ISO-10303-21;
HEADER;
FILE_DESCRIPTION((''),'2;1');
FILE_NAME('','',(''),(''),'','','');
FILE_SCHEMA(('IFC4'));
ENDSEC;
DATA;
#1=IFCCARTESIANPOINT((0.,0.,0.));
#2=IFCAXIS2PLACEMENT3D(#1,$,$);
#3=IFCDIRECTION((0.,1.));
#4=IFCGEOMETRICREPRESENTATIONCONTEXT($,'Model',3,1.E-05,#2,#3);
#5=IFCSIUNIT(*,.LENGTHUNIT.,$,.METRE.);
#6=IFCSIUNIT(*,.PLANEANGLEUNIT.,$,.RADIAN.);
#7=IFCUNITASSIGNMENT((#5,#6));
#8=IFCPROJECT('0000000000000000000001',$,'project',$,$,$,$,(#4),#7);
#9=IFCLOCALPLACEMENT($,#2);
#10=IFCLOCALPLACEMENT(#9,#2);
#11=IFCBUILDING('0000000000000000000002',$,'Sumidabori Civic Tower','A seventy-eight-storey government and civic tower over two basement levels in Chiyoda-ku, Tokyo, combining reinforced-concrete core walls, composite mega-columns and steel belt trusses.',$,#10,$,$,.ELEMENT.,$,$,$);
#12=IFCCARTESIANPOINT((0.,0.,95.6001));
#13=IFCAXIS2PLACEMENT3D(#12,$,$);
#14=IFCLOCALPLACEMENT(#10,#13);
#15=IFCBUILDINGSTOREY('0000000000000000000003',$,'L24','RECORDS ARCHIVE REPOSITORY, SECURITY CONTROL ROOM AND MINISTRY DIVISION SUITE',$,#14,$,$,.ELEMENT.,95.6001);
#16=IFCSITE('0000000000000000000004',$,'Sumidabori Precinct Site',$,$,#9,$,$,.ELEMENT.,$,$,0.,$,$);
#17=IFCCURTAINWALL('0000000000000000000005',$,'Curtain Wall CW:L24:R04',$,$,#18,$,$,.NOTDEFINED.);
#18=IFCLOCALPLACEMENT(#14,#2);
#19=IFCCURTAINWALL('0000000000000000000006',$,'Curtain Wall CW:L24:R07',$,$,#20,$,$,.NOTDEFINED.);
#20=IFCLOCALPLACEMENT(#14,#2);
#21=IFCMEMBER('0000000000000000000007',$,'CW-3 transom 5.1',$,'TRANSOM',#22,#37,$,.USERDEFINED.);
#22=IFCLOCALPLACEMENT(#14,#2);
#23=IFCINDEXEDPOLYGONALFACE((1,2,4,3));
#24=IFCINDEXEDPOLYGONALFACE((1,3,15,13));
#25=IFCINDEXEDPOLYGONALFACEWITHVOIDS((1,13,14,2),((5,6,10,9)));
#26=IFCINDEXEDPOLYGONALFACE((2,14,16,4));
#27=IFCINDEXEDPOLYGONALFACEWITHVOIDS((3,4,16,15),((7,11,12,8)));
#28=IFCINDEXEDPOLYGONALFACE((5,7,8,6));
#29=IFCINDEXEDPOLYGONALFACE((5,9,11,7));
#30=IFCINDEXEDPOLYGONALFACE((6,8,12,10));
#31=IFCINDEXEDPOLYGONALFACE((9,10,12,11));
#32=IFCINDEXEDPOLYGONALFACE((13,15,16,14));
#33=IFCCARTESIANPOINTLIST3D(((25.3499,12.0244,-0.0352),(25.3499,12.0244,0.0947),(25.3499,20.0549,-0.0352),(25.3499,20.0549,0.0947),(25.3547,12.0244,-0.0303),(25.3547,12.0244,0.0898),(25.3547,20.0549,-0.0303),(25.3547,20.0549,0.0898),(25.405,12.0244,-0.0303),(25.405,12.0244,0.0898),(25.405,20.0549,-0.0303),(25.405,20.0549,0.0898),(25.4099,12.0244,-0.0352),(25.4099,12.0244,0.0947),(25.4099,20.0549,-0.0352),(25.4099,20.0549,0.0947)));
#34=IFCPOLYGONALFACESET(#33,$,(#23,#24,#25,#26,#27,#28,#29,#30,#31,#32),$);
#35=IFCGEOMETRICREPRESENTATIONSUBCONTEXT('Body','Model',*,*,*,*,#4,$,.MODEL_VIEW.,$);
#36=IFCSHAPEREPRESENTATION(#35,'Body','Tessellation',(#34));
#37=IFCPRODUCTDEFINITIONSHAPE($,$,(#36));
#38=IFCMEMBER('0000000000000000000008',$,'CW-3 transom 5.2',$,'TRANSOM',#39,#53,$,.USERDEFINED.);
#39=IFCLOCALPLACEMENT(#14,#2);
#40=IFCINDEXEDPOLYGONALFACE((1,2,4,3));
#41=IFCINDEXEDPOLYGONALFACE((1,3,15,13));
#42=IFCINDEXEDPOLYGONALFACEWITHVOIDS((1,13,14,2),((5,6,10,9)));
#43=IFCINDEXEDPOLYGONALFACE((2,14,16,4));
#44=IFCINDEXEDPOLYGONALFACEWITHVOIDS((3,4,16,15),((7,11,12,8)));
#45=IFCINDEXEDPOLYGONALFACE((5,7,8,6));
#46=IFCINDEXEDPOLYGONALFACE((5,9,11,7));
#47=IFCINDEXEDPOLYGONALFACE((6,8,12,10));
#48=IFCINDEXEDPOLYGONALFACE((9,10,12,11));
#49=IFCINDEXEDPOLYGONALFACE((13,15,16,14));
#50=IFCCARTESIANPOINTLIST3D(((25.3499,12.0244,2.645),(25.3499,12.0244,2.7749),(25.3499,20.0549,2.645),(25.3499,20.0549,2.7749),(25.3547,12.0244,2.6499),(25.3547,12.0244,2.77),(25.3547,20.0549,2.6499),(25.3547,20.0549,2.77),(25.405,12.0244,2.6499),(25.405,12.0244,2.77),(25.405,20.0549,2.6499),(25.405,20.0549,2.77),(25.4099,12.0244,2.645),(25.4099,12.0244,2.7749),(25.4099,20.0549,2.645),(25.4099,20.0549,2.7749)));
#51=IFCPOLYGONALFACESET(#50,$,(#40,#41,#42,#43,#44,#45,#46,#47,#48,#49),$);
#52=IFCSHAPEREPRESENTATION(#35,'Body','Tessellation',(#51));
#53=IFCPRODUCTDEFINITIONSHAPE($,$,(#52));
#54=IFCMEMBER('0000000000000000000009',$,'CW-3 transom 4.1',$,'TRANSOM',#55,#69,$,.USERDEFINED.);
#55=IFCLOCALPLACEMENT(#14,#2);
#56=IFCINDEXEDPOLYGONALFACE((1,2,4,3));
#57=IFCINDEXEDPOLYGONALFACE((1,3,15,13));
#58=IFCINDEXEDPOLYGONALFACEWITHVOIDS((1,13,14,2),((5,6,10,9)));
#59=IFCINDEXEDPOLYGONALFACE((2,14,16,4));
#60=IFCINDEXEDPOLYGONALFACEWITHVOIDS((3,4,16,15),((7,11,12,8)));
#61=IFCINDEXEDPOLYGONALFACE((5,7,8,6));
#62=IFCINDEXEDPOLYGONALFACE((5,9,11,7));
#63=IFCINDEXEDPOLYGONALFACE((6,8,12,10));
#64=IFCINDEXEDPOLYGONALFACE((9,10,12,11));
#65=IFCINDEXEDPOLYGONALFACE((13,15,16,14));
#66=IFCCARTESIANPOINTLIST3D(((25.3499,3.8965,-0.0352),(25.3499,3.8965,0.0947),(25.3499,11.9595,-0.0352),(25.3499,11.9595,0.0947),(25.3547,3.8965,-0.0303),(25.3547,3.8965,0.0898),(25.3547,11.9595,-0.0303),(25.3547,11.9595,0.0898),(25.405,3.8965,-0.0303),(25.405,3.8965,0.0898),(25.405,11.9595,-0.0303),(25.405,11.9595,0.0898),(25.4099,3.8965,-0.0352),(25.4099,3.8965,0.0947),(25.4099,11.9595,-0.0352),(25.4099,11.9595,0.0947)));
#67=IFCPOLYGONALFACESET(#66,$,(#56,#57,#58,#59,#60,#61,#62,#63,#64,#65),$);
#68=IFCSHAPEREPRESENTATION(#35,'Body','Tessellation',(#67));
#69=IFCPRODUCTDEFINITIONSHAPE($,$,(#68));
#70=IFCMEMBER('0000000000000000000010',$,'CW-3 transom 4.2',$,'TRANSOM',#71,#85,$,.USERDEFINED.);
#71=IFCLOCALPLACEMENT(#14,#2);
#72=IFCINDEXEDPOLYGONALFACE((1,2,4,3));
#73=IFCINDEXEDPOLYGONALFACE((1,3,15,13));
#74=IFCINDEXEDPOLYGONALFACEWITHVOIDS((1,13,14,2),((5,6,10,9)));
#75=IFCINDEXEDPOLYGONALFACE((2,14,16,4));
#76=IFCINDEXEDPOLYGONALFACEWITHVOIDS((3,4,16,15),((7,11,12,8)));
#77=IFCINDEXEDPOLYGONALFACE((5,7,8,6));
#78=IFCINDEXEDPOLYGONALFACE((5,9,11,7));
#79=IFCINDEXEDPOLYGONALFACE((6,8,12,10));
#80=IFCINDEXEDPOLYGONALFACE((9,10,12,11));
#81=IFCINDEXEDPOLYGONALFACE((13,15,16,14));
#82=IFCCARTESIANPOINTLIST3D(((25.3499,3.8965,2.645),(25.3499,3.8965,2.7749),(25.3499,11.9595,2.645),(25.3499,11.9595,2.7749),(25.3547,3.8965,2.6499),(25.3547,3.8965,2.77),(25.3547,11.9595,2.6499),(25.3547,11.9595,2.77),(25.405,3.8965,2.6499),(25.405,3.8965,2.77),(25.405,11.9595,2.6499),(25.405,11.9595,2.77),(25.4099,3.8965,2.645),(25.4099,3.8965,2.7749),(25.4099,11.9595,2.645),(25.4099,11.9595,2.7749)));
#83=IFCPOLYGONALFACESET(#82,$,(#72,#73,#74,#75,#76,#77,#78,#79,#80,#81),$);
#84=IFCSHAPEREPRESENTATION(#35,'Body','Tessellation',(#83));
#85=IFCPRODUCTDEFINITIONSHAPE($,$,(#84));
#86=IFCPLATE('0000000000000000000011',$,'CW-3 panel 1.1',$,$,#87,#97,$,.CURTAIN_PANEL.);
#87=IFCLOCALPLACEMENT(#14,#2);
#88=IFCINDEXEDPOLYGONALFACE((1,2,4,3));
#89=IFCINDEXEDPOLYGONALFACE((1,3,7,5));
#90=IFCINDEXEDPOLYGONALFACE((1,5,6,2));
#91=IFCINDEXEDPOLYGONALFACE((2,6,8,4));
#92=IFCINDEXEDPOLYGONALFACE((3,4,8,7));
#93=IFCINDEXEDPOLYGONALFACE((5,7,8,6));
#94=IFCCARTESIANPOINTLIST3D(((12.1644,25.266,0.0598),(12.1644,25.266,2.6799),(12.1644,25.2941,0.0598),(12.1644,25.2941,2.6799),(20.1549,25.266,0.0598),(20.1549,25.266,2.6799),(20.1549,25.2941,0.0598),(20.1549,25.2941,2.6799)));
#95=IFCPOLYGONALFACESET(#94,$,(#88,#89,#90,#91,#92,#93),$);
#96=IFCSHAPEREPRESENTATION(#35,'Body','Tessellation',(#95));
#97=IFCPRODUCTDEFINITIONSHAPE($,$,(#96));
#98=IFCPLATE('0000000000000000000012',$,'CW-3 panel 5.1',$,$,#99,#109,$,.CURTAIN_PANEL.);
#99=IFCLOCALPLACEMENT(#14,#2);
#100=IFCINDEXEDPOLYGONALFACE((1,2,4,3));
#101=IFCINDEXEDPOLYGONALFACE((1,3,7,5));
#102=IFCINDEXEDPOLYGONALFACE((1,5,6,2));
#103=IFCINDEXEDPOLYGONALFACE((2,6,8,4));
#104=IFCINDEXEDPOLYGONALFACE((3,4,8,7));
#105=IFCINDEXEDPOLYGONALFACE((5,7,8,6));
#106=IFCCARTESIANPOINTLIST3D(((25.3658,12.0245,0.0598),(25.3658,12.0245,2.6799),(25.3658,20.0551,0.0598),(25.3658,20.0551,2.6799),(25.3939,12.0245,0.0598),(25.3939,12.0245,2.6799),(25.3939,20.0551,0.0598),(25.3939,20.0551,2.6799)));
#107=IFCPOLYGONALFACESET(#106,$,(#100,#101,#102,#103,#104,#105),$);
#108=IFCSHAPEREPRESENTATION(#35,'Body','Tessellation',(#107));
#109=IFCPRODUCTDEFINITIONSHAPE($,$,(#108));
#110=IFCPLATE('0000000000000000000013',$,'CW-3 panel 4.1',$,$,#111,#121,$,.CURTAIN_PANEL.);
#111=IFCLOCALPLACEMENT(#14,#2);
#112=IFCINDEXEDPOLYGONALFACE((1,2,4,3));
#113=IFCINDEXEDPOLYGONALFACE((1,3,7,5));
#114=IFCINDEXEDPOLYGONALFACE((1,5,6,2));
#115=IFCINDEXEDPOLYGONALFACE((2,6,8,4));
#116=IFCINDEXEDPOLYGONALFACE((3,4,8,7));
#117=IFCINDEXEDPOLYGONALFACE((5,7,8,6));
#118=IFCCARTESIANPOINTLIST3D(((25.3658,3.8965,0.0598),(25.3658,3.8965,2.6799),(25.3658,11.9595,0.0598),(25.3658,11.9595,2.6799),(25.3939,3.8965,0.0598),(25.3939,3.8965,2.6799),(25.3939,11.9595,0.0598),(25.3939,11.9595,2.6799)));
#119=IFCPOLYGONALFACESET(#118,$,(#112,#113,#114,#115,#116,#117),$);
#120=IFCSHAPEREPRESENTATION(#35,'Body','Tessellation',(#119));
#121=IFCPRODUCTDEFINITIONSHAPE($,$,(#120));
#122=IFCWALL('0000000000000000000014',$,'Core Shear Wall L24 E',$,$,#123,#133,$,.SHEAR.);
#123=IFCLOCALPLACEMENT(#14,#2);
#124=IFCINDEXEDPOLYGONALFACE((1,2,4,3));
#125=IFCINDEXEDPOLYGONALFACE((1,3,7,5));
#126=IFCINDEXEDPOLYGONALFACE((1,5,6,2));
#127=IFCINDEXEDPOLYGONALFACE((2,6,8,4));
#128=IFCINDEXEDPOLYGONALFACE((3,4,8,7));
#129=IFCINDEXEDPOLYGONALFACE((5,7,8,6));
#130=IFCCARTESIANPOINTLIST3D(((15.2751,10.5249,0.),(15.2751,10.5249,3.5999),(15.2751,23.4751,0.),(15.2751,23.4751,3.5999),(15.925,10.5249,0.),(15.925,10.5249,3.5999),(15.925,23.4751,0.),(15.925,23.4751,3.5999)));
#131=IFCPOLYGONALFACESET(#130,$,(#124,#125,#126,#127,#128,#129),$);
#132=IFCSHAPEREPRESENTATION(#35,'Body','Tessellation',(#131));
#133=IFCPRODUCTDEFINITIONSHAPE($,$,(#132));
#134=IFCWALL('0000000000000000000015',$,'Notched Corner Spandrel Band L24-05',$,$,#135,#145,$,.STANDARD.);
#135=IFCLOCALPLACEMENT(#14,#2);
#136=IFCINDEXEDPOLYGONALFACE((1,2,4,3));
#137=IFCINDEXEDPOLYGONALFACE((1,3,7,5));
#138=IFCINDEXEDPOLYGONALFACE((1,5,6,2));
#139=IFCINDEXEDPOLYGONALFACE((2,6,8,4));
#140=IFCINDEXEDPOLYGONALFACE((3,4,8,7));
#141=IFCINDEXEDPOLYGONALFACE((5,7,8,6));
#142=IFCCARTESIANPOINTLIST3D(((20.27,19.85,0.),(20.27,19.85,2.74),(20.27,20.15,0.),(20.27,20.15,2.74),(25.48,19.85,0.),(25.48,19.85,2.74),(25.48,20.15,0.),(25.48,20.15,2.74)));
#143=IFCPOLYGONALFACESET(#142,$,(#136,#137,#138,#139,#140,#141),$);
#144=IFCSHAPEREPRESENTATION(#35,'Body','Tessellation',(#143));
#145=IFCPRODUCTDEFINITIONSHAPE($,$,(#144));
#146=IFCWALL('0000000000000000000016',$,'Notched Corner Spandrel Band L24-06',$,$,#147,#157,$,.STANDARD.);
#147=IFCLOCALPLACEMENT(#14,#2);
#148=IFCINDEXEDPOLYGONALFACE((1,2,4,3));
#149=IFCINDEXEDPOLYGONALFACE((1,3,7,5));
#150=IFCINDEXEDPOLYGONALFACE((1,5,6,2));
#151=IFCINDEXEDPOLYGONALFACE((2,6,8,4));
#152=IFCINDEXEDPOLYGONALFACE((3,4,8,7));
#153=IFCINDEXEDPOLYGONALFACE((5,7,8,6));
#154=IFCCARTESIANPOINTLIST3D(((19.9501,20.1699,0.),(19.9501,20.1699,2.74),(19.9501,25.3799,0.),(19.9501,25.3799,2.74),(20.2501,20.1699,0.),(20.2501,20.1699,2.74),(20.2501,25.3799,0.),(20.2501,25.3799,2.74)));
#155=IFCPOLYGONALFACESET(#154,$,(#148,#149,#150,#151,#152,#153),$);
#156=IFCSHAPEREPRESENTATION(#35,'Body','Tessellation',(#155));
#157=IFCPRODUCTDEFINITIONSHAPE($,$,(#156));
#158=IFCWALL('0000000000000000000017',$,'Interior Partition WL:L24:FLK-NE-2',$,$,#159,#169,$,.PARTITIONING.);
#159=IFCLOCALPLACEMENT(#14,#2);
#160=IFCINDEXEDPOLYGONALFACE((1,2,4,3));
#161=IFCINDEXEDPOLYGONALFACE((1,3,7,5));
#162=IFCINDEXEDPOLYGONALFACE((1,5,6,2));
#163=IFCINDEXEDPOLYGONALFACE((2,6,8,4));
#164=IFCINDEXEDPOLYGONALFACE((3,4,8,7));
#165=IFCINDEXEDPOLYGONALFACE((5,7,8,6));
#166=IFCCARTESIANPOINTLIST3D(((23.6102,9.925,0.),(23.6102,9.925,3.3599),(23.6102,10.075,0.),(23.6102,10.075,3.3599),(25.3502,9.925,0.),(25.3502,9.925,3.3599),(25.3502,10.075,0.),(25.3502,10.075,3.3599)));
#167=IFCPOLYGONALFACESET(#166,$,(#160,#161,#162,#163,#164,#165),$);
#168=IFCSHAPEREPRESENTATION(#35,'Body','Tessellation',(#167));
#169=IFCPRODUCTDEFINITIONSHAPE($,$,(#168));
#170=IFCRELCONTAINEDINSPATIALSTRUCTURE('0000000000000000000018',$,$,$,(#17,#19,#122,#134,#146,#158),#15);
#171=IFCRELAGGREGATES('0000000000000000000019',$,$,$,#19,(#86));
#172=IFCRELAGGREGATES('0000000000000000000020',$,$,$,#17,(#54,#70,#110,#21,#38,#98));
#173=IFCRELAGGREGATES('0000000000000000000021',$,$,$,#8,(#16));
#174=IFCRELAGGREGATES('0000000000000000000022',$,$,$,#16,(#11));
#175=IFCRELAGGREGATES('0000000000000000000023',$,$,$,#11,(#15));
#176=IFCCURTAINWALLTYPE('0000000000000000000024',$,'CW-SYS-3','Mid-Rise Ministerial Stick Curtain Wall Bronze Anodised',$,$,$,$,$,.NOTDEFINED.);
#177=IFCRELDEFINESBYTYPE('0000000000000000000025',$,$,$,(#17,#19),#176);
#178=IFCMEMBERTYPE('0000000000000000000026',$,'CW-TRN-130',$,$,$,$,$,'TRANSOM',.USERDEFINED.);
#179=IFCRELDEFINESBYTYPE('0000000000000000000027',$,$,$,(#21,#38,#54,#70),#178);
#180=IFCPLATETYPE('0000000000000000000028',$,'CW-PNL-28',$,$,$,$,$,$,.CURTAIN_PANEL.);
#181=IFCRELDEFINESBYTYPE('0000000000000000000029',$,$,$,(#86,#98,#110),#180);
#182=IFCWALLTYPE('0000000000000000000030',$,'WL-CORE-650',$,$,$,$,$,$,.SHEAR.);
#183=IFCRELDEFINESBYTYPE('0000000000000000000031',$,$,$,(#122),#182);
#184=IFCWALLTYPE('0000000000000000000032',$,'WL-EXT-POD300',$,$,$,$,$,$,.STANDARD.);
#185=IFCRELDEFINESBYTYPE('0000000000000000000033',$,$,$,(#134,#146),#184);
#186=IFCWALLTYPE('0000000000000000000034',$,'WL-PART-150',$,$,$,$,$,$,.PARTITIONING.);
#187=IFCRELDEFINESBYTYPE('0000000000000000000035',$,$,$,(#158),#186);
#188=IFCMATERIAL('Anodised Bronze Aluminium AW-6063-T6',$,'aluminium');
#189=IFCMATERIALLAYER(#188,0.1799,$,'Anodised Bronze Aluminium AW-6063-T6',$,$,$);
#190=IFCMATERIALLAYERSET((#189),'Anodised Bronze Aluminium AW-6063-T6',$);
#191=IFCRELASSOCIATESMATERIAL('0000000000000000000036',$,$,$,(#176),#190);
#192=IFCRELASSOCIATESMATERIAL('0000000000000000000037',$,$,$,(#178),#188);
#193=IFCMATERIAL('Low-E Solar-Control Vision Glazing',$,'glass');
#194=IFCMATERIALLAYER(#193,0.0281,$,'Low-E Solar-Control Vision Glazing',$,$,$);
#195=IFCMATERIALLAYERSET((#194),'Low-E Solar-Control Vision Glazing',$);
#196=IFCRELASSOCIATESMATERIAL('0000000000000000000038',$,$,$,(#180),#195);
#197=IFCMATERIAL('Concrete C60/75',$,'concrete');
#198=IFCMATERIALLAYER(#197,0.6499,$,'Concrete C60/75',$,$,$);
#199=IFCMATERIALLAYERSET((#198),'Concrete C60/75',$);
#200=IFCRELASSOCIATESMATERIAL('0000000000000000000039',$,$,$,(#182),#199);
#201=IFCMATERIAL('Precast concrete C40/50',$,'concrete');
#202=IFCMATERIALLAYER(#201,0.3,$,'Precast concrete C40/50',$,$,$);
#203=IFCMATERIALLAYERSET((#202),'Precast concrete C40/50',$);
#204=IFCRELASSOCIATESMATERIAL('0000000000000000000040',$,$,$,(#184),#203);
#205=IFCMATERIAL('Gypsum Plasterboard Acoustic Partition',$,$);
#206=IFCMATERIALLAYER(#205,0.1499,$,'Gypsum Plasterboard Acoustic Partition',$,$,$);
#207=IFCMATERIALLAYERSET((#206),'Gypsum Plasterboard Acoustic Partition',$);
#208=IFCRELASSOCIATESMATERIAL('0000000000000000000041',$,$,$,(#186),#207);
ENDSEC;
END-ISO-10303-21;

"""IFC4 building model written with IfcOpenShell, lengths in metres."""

from ifc_helpers import new_model, si_unit, direction, frame, frame_2d, origin, origin_2d, place, context, subcontext, project, spatial, rectangle, hollow_rectangle, extrude, source, transform, mapped, material, layer, layer_set, material_profile, profile_set, type_object, element, aggregate, save


model = new_model("IFC4")

# Units and contexts
model_context = context("Model", 3, precision=1e-05, world=origin(), true_north=direction((0.0, 1.0)))
body_context = subcontext(model_context, "Body", "Model", "MODEL_VIEW")
ifc_project = project(units=[si_unit("LENGTHUNIT", "METRE"), si_unit("PLANEANGLEUNIT", "RADIAN")], contexts=[model_context])

# Site, building, storey
site_placement = place(None, origin())
site = spatial("IfcSite", under=ifc_project, at=site_placement, Name="Sumidabori Precinct Site", CompositionType="ELEMENT", RefElevation=0.0)
building_placement = place(site_placement, origin())
building = spatial("IfcBuilding", under=site, at=building_placement, Name="Sumidabori Civic Tower", Description="A seventy-eight-storey government and civic tower over two basement levels in Chiyoda-ku, Tokyo, combining reinforced-concrete core walls, composite mega-columns and steel belt trusses.", CompositionType="ELEMENT")
storey_placement = place(building_placement, frame((0.0, 0.0, 95.6001)))
storey = spatial("IfcBuildingStorey", under=building, at=storey_placement, Name="L24", Description="RECORDS ARCHIVE REPOSITORY, SECURITY CONTROL ROOM AND MINISTRY DIVISION SUITE", CompositionType="ELEMENT", Elevation=95.6001)

# Shared definitions
ifc_material_1 = material(Name="Concrete C60/75", Category="concrete")

# Curtain walls
ifc_material_2 = material(Name="Anodised Bronze Aluminium AW-6063-T6", Category="aluminium")
ifc_layer_1 = layer(ifc_material_2, 0.1799, Name="Anodised Bronze Aluminium AW-6063-T6")
ifc_layer_set_1 = layer_set([ifc_layer_1], Name="Anodised Bronze Aluminium AW-6063-T6")
curtain_wall_type = type_object("IfcCurtainWallType", Name="CW-SYS-3", Description="Mid-Rise Ministerial Stick Curtain Wall Bronze Anodised", PredefinedType="NOTDEFINED", material=ifc_layer_set_1)
curtain_wall_1_placement = place(storey_placement, origin())
curtain_wall_1 = element("IfcCurtainWall", 1, at=curtain_wall_1_placement, inside=storey, type_object=curtain_wall_type, Name="Curtain Wall CW:L24:R04", PredefinedType="NOTDEFINED")
curtain_wall_2_placement = place(storey_placement, origin())
curtain_wall_2 = element("IfcCurtainWall", 2, at=curtain_wall_2_placement, inside=storey, type_object=curtain_wall_type, Name="Curtain Wall CW:L24:R07", PredefinedType="NOTDEFINED")
ifc_material_profile_1 = material_profile(ifc_material_2, hollow_rectangle(XDim=0.0601, YDim=0.1299, WallThickness=0.0049, at=origin_2d()), Name="ALU TRANSOM 130x60")
ifc_profile_set_1 = profile_set([ifc_material_profile_1], Name="Anodised Bronze Aluminium AW-6063-T6")
member_type_1 = type_object("IfcMemberType", Name="CW-TRN-130", ElementType="TRANSOM", PredefinedType="USERDEFINED", material=ifc_profile_set_1)

# Members
shared_shape_1 = source(origin(), body_context, "Body", "SweptSolid", [
    extrude(hollow_rectangle(XDim=0.0601, YDim=0.1299, WallThickness=0.0049, at=origin_2d()), origin(), (0.0, 0.0, 1.0), 8.0305),
])
member_1_placement = place(storey_placement, frame((25.3799, 12.0244, 0.0298), z_axis=(0.0, 1.0, 0.0), x_axis=(-1.0, 0.0, 0.0)))
member_1 = element("IfcMember", 3, at=member_1_placement, type_object=member_type_1, Name="CW-3 transom 5.1", ObjectType="TRANSOM", PredefinedType="USERDEFINED", context=body_context, shape_type="MappedRepresentation", body=[
    mapped(shared_shape_1, transform((0.0, 0.0, 0.0), x_axis=(1.0, 0.0, 0.0), y_axis=(0.0, 1.0, 0.0), z_axis=(0.0, 0.0, 1.0), scale=1.0)),
])
member_2_placement = place(storey_placement, frame((25.3799, 12.0244, 2.71), z_axis=(0.0, 1.0, 0.0), x_axis=(-1.0, 0.0, 0.0)))
member_2 = element("IfcMember", 4, at=member_2_placement, type_object=member_type_1, Name="CW-3 transom 5.2", ObjectType="TRANSOM", PredefinedType="USERDEFINED", context=body_context, shape_type="MappedRepresentation", body=[
    mapped(shared_shape_1, transform((0.0, 0.0, 0.0), x_axis=(1.0, 0.0, 0.0), y_axis=(0.0, 1.0, 0.0), z_axis=(0.0, 0.0, 1.0), scale=1.0)),
])
shared_shape_2 = source(origin(), body_context, "Body", "SweptSolid", [
    extrude(hollow_rectangle(XDim=0.0601, YDim=0.1299, WallThickness=0.0049, at=origin_2d()), origin(), (0.0, 0.0, 1.0), 8.063),
])
member_3_placement = place(storey_placement, frame((25.3799, 3.8965, 0.0298), z_axis=(0.0, 1.0, 0.0), x_axis=(-1.0, 0.0, 0.0)))
member_3 = element("IfcMember", 5, at=member_3_placement, type_object=member_type_1, Name="CW-3 transom 4.1", ObjectType="TRANSOM", PredefinedType="USERDEFINED", context=body_context, shape_type="MappedRepresentation", body=[
    mapped(shared_shape_2, transform((0.0, 0.0, 0.0), x_axis=(1.0, 0.0, 0.0), y_axis=(0.0, 1.0, 0.0), z_axis=(0.0, 0.0, 1.0), scale=1.0)),
])
member_4_placement = place(storey_placement, frame((25.3799, 3.8965, 2.71), z_axis=(0.0, 1.0, 0.0), x_axis=(-1.0, 0.0, 0.0)))
member_4 = element("IfcMember", 6, at=member_4_placement, type_object=member_type_1, Name="CW-3 transom 4.2", ObjectType="TRANSOM", PredefinedType="USERDEFINED", context=body_context, shape_type="MappedRepresentation", body=[
    mapped(shared_shape_2, transform((0.0, 0.0, 0.0), x_axis=(1.0, 0.0, 0.0), y_axis=(0.0, 1.0, 0.0), z_axis=(0.0, 0.0, 1.0), scale=1.0)),
])

# Plates
ifc_material_3 = material(Name="Low-E Solar-Control Vision Glazing", Category="glass")
ifc_layer_2 = layer(ifc_material_3, 0.0281, Name="Low-E Solar-Control Vision Glazing")
ifc_layer_set_2 = layer_set([ifc_layer_2], Name="Low-E Solar-Control Vision Glazing")
plate_type = type_object("IfcPlateType", Name="CW-PNL-28", PredefinedType="CURTAIN_PANEL", material=ifc_layer_set_2)
shared_shape_3 = source(origin(), body_context, "Body", "SweptSolid", [
    extrude(rectangle(XDim=7.9905, YDim=0.0281, at=origin_2d()), origin(), (0.0, 0.0, 1.0), 2.6201),
])
plate_1_placement = place(storey_placement, frame((16.1597, 25.28, 0.0598), z_axis=(0.0, 0.0, 1.0), x_axis=(-1.0, 0.0, 0.0)))
plate_1 = element("IfcPlate", 7, at=plate_1_placement, type_object=plate_type, Name="CW-3 panel 1.1", PredefinedType="CURTAIN_PANEL", context=body_context, shape_type="MappedRepresentation", body=[
    mapped(shared_shape_3, transform((0.0, 0.0, 0.0), x_axis=(1.0, 0.0, 0.0), y_axis=(0.0, 1.0, 0.0), z_axis=(0.0, 0.0, 1.0), scale=1.0)),
])
aggregate(curtain_wall_2, [plate_1])
shared_shape_4 = source(origin(), body_context, "Body", "SweptSolid", [
    extrude(rectangle(XDim=8.0305, YDim=0.0281, at=origin_2d()), origin(), (0.0, 0.0, 1.0), 2.6201),
])
plate_2_placement = place(storey_placement, frame((25.3799, 16.0398, 0.0598), z_axis=(0.0, 0.0, 1.0), x_axis=(0.0, 1.0, 0.0)))
plate_2 = element("IfcPlate", 8, at=plate_2_placement, type_object=plate_type, Name="CW-3 panel 5.1", PredefinedType="CURTAIN_PANEL", context=body_context, shape_type="MappedRepresentation", body=[
    mapped(shared_shape_4, transform((0.0, 0.0, 0.0), x_axis=(1.0, 0.0, 0.0), y_axis=(0.0, 1.0, 0.0), z_axis=(0.0, 0.0, 1.0), scale=1.0)),
])
shared_shape_5 = source(origin(), body_context, "Body", "SweptSolid", [
    extrude(rectangle(XDim=8.063, YDim=0.0281, at=origin_2d()), origin(), (0.0, 0.0, 1.0), 2.6201),
])
plate_3_placement = place(storey_placement, frame((25.3799, 7.928, 0.0598), z_axis=(0.0, 0.0, 1.0), x_axis=(0.0, 1.0, 0.0)))
plate_3 = element("IfcPlate", 9, at=plate_3_placement, type_object=plate_type, Name="CW-3 panel 4.1", PredefinedType="CURTAIN_PANEL", context=body_context, shape_type="MappedRepresentation", body=[
    mapped(shared_shape_5, transform((0.0, 0.0, 0.0), x_axis=(1.0, 0.0, 0.0), y_axis=(0.0, 1.0, 0.0), z_axis=(0.0, 0.0, 1.0), scale=1.0)),
])
aggregate(curtain_wall_1, [member_3, member_4, plate_3, member_1, member_2, plate_2])

# Walls
ifc_layer_3 = layer(ifc_material_1, 0.6499, Name="Concrete C60/75")
ifc_layer_set_3 = layer_set([ifc_layer_3], Name="Concrete C60/75")
wall_type_1 = type_object("IfcWallType", Name="WL-CORE-650", PredefinedType="SHEAR", material=ifc_layer_set_3)
shared_shape_6 = source(origin(), body_context, "Body", "SweptSolid", [
    extrude(rectangle(XDim=12.9502, YDim=0.6499, at=frame_2d((6.4751, 0.0))), origin(), (0.0, 0.0, 1.0), 3.5999),
])
wall_1_placement = place(storey_placement, frame((15.6001, 10.5249, 0.0), z_axis=(0.0, 0.0, 1.0), x_axis=(0.0, 1.0, 0.0)))
element("IfcWall", 10, at=wall_1_placement, inside=storey, type_object=wall_type_1, Name="Core Shear Wall L24 E", PredefinedType="SHEAR", context=body_context, shape_type="MappedRepresentation", body=[
    mapped(shared_shape_6, transform((0.0, 0.0, 0.0), x_axis=(1.0, 0.0, 0.0), y_axis=(0.0, 1.0, 0.0), z_axis=(0.0, 0.0, 1.0), scale=1.0)),
])
ifc_material_4 = material(Name="Precast concrete C40/50", Category="concrete")
ifc_layer_4 = layer(ifc_material_4, 0.3, Name="Precast concrete C40/50")
ifc_layer_set_4 = layer_set([ifc_layer_4], Name="Precast concrete C40/50")
wall_type_2 = type_object("IfcWallType", Name="WL-EXT-POD300", PredefinedType="STANDARD", material=ifc_layer_set_4)
shared_shape_7 = source(origin(), body_context, "Body", "SweptSolid", [
    extrude(rectangle(XDim=5.21, YDim=0.3, at=frame_2d((2.605, 0.0))), origin(), (0.0, 0.0, 1.0), 2.74),
])
for number, where, z_axis, x_axis, name in (
    (11, (25.48, 20.0, 0.0), (0.0, 0.0, 1.0), (-1.0, 0.0, 0.0), "Notched Corner Spandrel Band L24-05"),
    (12, (20.1001, 20.1699, 0.0), (0.0, 0.0, 1.0), (0.0, 1.0, 0.0), "Notched Corner Spandrel Band L24-06"),
):
    element("IfcWall", number, at=place(storey_placement, frame(where, z_axis=z_axis, x_axis=x_axis)), inside=storey, type_object=wall_type_2, Name=name, PredefinedType="STANDARD", context=body_context, shape_type="MappedRepresentation", body=[
        mapped(shared_shape_7, transform((0.0, 0.0, 0.0), x_axis=(1.0, 0.0, 0.0), y_axis=(0.0, 1.0, 0.0), z_axis=(0.0, 0.0, 1.0), scale=1.0)),
    ])
ifc_material_5 = material(Name="Gypsum Plasterboard Acoustic Partition")
ifc_layer_5 = layer(ifc_material_5, 0.1499, Name="Gypsum Plasterboard Acoustic Partition")
ifc_layer_set_5 = layer_set([ifc_layer_5], Name="Gypsum Plasterboard Acoustic Partition")
wall_type_3 = type_object("IfcWallType", Name="WL-PART-150", PredefinedType="PARTITIONING", material=ifc_layer_set_5)
shared_shape_8 = source(origin(), body_context, "Body", "SweptSolid", [
    extrude(rectangle(XDim=1.74, YDim=0.1499, at=frame_2d((0.8701, 0.0))), origin(), (0.0, 0.0, 1.0), 3.3599),
])
wall_2_placement = place(storey_placement, frame((23.6101, 10.0, 0.0), z_axis=(0.0, 0.0, 1.0), x_axis=(1.0, 0.0, 0.0)))
element("IfcWall", 13, at=wall_2_placement, inside=storey, type_object=wall_type_3, Name="Interior Partition WL:L24:FLK-NE-2", PredefinedType="PARTITIONING", context=body_context, shape_type="MappedRepresentation", body=[
    mapped(shared_shape_8, transform((0.0, 0.0, 0.0), x_axis=(1.0, 0.0, 0.0), y_axis=(0.0, 1.0, 0.0), z_axis=(0.0, 0.0, 1.0), scale=1.0)),
])

save(model, "model.ifc")
